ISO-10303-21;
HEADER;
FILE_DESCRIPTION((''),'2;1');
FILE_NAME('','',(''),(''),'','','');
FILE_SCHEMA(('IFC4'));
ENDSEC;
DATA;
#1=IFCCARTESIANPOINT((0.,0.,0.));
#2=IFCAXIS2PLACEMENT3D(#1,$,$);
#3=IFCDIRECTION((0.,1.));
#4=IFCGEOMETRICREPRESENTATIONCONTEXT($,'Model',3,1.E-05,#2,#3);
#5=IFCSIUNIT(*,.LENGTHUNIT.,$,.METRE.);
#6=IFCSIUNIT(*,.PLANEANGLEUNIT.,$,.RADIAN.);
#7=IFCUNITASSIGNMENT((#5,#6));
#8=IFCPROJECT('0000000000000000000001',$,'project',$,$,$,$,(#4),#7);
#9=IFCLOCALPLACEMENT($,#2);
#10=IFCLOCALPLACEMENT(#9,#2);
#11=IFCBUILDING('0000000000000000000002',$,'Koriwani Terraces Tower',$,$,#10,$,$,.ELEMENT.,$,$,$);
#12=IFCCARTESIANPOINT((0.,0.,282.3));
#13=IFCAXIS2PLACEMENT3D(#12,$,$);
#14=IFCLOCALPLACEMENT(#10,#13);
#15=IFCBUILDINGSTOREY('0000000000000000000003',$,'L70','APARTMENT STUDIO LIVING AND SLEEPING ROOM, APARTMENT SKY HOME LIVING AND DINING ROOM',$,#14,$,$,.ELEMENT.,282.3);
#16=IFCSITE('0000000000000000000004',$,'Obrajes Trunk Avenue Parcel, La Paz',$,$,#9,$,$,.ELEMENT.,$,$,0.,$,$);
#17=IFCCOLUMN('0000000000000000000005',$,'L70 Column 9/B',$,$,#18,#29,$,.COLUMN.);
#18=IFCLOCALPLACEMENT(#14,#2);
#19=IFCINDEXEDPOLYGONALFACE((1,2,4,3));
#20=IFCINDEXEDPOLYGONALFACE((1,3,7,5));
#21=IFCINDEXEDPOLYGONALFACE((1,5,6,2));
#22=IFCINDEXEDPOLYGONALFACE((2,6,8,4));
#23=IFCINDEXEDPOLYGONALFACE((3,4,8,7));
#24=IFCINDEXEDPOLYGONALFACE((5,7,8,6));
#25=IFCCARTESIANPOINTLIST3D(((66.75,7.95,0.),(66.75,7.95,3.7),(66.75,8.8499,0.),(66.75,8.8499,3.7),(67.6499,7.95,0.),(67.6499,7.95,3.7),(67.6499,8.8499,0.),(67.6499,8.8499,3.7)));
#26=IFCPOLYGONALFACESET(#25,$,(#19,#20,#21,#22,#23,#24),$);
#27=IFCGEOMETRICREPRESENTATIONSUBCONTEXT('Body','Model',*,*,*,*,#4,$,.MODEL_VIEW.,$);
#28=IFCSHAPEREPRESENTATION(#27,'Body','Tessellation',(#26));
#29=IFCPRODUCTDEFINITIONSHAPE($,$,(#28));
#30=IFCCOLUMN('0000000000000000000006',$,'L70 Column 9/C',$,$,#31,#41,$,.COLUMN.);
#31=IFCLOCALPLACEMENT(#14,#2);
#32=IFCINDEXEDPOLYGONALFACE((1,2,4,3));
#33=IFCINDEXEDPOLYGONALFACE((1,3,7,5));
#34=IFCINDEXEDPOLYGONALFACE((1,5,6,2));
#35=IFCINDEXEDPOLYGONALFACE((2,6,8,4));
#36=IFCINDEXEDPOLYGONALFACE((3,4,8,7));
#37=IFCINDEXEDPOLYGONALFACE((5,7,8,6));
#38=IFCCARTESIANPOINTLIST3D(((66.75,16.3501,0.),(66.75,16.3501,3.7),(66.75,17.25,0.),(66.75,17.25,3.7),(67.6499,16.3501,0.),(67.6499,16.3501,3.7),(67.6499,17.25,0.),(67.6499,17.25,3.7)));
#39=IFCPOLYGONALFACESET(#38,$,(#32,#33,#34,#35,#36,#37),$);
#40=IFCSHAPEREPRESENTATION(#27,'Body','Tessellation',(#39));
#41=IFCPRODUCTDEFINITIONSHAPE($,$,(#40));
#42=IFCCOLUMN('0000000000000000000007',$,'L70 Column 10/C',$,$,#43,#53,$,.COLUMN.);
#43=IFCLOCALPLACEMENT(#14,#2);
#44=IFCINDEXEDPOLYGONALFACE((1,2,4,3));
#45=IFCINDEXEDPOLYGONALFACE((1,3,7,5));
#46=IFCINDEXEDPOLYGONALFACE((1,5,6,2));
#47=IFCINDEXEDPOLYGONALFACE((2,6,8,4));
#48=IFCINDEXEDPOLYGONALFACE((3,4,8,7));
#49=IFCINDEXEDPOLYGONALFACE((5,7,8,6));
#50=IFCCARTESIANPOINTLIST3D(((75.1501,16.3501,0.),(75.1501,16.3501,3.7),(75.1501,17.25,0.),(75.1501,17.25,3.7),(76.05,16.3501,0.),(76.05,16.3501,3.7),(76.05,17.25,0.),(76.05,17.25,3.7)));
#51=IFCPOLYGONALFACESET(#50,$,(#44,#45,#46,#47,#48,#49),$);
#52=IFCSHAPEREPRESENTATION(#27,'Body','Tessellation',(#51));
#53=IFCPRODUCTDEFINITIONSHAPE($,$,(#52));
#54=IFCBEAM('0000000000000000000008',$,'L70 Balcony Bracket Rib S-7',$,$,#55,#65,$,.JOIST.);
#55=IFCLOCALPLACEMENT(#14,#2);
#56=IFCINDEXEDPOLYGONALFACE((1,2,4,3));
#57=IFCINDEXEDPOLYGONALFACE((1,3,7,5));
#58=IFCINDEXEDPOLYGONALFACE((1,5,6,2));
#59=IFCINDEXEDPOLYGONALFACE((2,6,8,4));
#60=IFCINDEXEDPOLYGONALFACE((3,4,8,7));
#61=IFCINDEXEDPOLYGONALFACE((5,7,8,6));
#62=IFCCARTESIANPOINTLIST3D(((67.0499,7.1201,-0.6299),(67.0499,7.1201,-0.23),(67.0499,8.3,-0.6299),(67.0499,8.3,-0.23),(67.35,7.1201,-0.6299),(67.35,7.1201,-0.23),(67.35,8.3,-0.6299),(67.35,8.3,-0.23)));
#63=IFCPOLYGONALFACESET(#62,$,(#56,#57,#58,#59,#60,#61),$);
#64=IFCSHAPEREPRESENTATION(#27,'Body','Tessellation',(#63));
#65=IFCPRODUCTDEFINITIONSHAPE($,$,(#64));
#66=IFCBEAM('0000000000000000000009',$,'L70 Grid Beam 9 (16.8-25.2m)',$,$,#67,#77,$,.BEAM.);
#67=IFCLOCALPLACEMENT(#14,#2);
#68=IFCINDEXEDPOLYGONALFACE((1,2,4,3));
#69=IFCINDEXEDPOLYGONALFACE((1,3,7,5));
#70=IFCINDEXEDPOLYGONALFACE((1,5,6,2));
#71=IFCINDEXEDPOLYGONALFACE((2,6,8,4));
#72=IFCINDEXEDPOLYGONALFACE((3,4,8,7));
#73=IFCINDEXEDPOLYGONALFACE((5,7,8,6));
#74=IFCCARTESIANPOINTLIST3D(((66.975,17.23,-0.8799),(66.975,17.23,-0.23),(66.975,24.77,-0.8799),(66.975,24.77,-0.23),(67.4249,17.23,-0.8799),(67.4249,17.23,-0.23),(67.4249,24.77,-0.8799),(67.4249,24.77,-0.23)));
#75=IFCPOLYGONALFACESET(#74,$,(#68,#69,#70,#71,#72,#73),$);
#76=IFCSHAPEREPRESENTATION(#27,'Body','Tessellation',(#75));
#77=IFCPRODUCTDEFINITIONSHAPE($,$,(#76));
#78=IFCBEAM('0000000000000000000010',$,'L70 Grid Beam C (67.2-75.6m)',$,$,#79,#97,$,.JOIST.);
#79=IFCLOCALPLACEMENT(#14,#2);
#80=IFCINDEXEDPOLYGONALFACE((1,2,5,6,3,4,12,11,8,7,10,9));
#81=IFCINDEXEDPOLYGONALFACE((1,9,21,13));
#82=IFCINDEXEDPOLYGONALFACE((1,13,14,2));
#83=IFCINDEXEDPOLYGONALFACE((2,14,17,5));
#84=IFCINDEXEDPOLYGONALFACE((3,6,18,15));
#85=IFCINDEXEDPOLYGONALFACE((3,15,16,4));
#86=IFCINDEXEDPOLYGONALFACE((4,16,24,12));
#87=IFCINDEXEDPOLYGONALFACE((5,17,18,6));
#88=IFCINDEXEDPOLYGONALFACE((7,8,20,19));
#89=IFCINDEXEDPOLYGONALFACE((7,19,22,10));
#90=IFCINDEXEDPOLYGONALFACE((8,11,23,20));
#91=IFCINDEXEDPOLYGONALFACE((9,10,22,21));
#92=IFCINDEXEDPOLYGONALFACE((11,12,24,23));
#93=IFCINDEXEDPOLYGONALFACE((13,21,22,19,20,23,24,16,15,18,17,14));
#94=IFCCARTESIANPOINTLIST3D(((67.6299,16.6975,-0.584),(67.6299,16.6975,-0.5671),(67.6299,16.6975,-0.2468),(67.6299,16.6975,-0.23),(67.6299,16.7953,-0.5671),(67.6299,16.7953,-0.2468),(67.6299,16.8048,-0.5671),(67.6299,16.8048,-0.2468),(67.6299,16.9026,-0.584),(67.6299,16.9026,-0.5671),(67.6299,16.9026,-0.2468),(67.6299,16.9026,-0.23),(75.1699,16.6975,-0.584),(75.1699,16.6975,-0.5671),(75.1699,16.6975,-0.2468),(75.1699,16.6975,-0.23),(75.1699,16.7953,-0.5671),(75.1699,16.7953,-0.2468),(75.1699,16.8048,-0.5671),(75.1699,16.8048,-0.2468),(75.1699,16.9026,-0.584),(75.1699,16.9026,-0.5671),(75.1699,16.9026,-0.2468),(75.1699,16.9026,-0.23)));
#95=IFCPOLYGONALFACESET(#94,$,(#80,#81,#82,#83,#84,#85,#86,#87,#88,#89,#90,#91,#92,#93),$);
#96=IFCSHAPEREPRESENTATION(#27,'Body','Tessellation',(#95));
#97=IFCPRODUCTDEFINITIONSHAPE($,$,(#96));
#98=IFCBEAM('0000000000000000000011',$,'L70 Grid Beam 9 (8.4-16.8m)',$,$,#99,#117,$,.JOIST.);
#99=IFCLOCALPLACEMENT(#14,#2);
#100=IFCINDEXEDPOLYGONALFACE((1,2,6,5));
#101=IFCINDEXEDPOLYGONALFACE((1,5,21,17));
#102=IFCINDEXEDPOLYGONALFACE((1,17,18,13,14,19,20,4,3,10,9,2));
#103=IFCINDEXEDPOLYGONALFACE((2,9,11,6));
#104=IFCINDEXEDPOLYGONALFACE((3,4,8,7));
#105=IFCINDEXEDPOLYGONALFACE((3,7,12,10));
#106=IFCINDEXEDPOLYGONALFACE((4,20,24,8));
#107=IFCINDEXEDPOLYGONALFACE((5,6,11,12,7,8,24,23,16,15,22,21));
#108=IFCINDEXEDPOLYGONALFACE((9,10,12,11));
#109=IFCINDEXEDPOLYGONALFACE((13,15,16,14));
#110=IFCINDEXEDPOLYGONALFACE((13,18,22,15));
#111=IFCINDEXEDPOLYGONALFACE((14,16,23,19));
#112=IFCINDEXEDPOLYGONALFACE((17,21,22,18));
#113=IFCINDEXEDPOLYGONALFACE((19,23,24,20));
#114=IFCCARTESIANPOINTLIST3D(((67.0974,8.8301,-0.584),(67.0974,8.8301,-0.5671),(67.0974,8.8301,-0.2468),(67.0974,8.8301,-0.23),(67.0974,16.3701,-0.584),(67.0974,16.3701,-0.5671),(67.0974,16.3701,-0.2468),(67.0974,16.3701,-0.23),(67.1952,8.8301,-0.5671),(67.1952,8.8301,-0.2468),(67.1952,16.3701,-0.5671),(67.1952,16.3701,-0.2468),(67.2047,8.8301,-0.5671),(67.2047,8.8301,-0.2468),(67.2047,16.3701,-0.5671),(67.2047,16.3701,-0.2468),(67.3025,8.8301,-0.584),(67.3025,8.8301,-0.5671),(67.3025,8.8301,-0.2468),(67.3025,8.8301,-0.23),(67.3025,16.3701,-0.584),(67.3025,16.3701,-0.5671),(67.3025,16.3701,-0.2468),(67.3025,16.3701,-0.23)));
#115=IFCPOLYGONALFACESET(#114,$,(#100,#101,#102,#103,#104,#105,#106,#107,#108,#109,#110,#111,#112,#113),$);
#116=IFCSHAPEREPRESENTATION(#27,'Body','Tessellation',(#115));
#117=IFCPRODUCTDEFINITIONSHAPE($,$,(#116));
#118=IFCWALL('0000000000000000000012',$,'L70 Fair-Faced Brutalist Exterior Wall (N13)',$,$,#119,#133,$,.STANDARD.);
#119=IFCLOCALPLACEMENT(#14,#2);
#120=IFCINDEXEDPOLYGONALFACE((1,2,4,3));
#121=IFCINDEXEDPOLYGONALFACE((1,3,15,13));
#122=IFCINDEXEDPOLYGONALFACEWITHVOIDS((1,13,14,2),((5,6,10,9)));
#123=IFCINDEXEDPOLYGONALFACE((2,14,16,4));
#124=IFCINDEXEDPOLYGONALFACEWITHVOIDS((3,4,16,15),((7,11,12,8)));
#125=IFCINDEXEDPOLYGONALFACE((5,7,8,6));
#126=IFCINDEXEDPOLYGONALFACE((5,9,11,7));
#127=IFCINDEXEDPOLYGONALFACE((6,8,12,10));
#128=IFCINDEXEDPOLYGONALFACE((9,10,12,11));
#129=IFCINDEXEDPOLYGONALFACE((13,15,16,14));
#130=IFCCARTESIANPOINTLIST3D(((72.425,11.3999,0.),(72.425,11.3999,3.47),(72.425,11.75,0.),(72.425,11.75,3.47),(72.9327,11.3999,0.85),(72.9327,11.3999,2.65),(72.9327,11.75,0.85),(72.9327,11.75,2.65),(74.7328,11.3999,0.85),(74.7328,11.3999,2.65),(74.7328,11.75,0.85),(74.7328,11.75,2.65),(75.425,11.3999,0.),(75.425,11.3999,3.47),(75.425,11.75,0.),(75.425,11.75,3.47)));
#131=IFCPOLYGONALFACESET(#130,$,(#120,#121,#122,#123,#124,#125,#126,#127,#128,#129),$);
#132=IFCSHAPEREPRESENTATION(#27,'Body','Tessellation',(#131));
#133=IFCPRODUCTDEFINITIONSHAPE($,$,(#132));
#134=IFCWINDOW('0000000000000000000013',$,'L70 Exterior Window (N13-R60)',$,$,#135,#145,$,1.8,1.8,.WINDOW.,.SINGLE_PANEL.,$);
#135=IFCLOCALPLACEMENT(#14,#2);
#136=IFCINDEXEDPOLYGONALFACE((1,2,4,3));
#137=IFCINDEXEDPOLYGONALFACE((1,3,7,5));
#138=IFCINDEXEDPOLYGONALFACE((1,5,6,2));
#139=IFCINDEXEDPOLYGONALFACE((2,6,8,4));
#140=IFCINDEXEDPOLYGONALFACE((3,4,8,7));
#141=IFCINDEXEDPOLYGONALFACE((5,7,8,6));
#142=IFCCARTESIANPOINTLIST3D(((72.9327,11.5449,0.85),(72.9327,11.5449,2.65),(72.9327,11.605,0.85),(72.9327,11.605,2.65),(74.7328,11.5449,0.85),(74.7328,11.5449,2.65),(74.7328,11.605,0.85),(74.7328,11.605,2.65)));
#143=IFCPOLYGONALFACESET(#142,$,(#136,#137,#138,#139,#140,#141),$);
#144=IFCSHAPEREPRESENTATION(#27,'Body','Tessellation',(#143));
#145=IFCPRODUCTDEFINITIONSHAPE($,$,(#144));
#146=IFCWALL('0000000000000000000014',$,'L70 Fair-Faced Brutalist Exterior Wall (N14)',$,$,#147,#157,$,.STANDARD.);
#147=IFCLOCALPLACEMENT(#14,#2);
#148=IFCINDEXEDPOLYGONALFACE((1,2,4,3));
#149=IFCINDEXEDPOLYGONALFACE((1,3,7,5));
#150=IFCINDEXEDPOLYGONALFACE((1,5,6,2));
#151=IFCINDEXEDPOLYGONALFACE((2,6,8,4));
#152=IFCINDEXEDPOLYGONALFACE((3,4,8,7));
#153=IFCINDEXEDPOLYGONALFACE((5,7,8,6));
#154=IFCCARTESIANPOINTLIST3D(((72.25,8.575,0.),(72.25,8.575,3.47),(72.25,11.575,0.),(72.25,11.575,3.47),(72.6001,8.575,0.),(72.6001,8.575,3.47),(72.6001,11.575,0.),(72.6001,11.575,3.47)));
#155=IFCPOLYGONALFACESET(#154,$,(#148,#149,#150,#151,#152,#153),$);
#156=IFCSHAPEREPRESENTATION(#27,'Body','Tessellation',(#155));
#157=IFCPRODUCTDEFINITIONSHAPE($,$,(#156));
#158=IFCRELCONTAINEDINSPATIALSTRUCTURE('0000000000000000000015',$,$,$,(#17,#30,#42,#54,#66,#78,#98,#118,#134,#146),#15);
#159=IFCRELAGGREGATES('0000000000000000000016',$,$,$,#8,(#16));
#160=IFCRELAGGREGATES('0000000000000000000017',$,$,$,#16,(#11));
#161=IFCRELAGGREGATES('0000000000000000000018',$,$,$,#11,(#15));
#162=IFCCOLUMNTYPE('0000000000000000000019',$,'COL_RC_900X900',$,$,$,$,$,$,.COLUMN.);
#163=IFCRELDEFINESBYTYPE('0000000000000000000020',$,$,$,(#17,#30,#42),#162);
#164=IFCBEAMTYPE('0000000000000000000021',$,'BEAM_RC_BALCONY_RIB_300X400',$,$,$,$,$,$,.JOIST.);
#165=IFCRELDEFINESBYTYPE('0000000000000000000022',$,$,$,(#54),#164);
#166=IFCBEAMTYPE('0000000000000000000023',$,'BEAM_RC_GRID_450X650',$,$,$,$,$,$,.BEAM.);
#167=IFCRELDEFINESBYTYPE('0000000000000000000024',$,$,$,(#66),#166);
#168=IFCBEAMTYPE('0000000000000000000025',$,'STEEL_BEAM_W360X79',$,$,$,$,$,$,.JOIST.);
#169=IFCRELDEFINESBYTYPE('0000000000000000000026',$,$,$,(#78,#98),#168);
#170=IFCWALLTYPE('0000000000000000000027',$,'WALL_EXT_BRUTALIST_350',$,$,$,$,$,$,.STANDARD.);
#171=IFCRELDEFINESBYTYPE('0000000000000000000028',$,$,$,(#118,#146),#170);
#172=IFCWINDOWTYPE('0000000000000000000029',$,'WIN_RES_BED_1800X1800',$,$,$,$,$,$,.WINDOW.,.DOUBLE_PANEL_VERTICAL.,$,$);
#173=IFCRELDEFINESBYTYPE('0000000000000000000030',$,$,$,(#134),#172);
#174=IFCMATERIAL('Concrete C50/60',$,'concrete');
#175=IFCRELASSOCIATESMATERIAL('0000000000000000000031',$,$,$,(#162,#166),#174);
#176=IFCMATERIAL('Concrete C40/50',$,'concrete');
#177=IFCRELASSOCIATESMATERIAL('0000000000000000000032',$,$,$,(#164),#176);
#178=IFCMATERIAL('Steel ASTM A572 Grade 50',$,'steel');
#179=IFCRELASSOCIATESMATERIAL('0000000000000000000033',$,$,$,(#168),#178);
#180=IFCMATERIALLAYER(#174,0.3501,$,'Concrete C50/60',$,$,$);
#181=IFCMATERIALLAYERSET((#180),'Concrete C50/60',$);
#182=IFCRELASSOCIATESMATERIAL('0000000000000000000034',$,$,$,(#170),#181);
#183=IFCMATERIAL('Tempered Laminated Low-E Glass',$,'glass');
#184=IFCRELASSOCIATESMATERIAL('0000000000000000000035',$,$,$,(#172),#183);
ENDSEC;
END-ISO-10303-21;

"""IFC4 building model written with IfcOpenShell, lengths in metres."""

from ifc_helpers import new_model, si_unit, direction, frame, frame_2d, origin, origin_2d, place, context, subcontext, project, spatial, rectangle, i_section, extrude, material, layer, layer_set, material_profile, profile_set, type_object, element, fill, save


model = new_model("IFC4")

# Units and contexts
model_context = context("Model", 3, precision=1e-05, world=origin(), true_north=direction((0.0, 1.0)))
body_context = subcontext(model_context, "Body", "Model", "MODEL_VIEW")
ifc_project = project(units=[si_unit("LENGTHUNIT", "METRE"), si_unit("PLANEANGLEUNIT", "RADIAN")], contexts=[model_context])

# Site, building, storey
site_placement = place(None, origin())
site = spatial("IfcSite", under=ifc_project, at=site_placement, Name="Obrajes Trunk Avenue Parcel, La Paz", CompositionType="ELEMENT", RefElevation=0.0)
building_placement = place(site_placement, origin())
building = spatial("IfcBuilding", under=site, at=building_placement, Name="Koriwani Terraces Tower", CompositionType="ELEMENT")
storey_placement = place(building_placement, frame((0.0, 0.0, 282.3)))
storey = spatial("IfcBuildingStorey", under=building, at=storey_placement, Name="L70", Description="APARTMENT STUDIO LIVING AND SLEEPING ROOM, APARTMENT SKY HOME LIVING AND DINING ROOM", CompositionType="ELEMENT", Elevation=282.3)

# Columns
ifc_material_1 = material(Name="Concrete C50/60", Category="concrete")
ifc_material_profile_1 = material_profile(ifc_material_1, rectangle(XDim=0.8999, YDim=0.8999, at=origin_2d()), Name="Concrete C50/60", Category="LoadBearing")
ifc_profile_set_1 = profile_set([ifc_material_profile_1], Name="Concrete C50/60")
column_type = type_object("IfcColumnType", Name="COL_RC_900X900", PredefinedType="COLUMN", material=ifc_profile_set_1)
for number, where, z_axis, x_axis, name in (
    (1, (67.2, 8.3999, 0.0), (0.0, 0.0, 1.0), (1.0, 0.0, 0.0), "L70 Column 9/B"),
    (2, (67.2, 16.8, 0.0), (0.0, 0.0, 1.0), (1.0, 0.0, 0.0), "L70 Column 9/C"),
    (3, (75.6001, 16.8, 0.0), (0.0, 0.0, 1.0), (1.0, 0.0, 0.0), "L70 Column 10/C"),
):
    element("IfcColumn", number, at=place(storey_placement, frame(where, z_axis=z_axis, x_axis=x_axis)), inside=storey, type_object=column_type, Name=name, PredefinedType="COLUMN", context=body_context, shape_type="SweptSolid", body=[
        extrude(rectangle(XDim=0.8999, YDim=0.8999, at=origin_2d()), origin(), (0.0, 0.0, 1.0), 3.7),
    ])

# Beams
ifc_material_2 = material(Name="Concrete C40/50", Category="concrete")
ifc_material_profile_2 = material_profile(ifc_material_2, rectangle(XDim=0.3, YDim=0.3999, at=origin_2d()), Name="Concrete C40/50", Category="LoadBearing")
ifc_profile_set_2 = profile_set([ifc_material_profile_2], Name="Concrete C40/50")
beam_type_1 = type_object("IfcBeamType", Name="BEAM_RC_BALCONY_RIB_300X400", PredefinedType="JOIST", material=ifc_profile_set_2)
beam_1_placement = place(storey_placement, frame((67.2, 7.1201, -0.4299), z_axis=(0.0, 1.0, 0.0), x_axis=(-1.0, 0.0, 0.0)))
element("IfcBeam", 4, at=beam_1_placement, inside=storey, type_object=beam_type_1, Name="L70 Balcony Bracket Rib S-7", PredefinedType="JOIST", context=body_context, shape_type="SweptSolid", body=[
    extrude(rectangle(XDim=0.3, YDim=0.3999, at=origin_2d()), origin(), (0.0, 0.0, 1.0), 1.1799),
])
ifc_material_profile_3 = material_profile(ifc_material_1, rectangle(XDim=0.45, YDim=0.6499, at=origin_2d()), Name="Concrete C50/60", Category="LoadBearing")
ifc_profile_set_3 = profile_set([ifc_material_profile_3], Name="Concrete C50/60")
beam_type_2 = type_object("IfcBeamType", Name="BEAM_RC_GRID_450X650", PredefinedType="BEAM", material=ifc_profile_set_3)
beam_2_placement = place(storey_placement, frame((67.2, 17.23, -0.5549), z_axis=(0.0, 1.0, 0.0), x_axis=(-1.0, 0.0, 0.0)))
element("IfcBeam", 5, at=beam_2_placement, inside=storey, type_object=beam_type_2, Name="L70 Grid Beam 9 (16.8-25.2m)", PredefinedType="BEAM", context=body_context, shape_type="SweptSolid", body=[
    extrude(rectangle(XDim=0.45, YDim=0.6499, at=origin_2d()), origin(), (0.0, 0.0, 1.0), 7.54),
])
ifc_material_3 = material(Name="Steel ASTM A572 Grade 50", Category="steel")
ifc_material_profile_4 = material_profile(ifc_material_3, i_section(OverallWidth=0.2051, OverallDepth=0.354, WebThickness=0.0095, FlangeThickness=0.0168, at=origin_2d()), Name="Steel ASTM A572 Grade 50", Category="LoadBearing")
ifc_profile_set_4 = profile_set([ifc_material_profile_4], Name="Steel ASTM A572 Grade 50")
beam_type_3 = type_object("IfcBeamType", Name="STEEL_BEAM_W360X79", PredefinedType="JOIST", material=ifc_profile_set_4)
for number, where, z_axis, x_axis, name in (
    (6, (67.6299, 16.8, -0.407), (1.0, 0.0, 0.0), (0.0, 1.0, 0.0), "L70 Grid Beam C (67.2-75.6m)"),
    (7, (67.2, 8.8301, -0.407), (0.0, 1.0, 0.0), (-1.0, 0.0, 0.0), "L70 Grid Beam 9 (8.4-16.8m)"),
):
    element("IfcBeam", number, at=place(storey_placement, frame(where, z_axis=z_axis, x_axis=x_axis)), inside=storey, type_object=beam_type_3, Name=name, PredefinedType="JOIST", context=body_context, shape_type="SweptSolid", body=[
        extrude(i_section(OverallWidth=0.2051, OverallDepth=0.354, WebThickness=0.0095, FlangeThickness=0.0168, at=origin_2d()), origin(), (0.0, 0.0, 1.0), 7.54),
    ])

# Wall, opening, window
ifc_layer_1 = layer(ifc_material_1, 0.3501, Name="Concrete C50/60")
ifc_layer_set_1 = layer_set([ifc_layer_1], Name="Concrete C50/60")
wall_type_1 = type_object("IfcWallType", Name="WALL_EXT_BRUTALIST_350", PredefinedType="STANDARD", material=ifc_layer_set_1)
wall_1_placement = place(storey_placement, frame((75.425, 11.575, 0.0), z_axis=(0.0, 0.0, 1.0), x_axis=(-1.0, 0.0, 0.0)))
wall_1 = element("IfcWall", 8, at=wall_1_placement, inside=storey, type_object=wall_type_1, Name="L70 Fair-Faced Brutalist Exterior Wall (N13)", PredefinedType="STANDARD", context=body_context, shape_type="SweptSolid", body=[
    extrude(rectangle(XDim=3.0, YDim=0.3501, at=frame_2d((1.5, 0.0))), origin(), (0.0, 0.0, 1.0), 3.47),
])
opening_1_placement = place(wall_1_placement, frame((0.6924, 0.0, 0.8501)))
opening_1 = element("IfcOpeningElement", 9, at=opening_1_placement, cuts=wall_1, PredefinedType="OPENING", context=body_context, shape_type="SweptSolid", body=[
    extrude(rectangle(XDim=1.8, YDim=1.8, at=frame_2d((0.8999, 0.8999))), frame((0.0, 0.1851, 0.0), z_axis=(0.0, -1.0, 0.0), x_axis=(1.0, 0.0, 0.0)), (0.0, 0.0, 1.0), 0.3701),
])
ifc_material_4 = material(Name="Tempered Laminated Low-E Glass", Category="glass")
window_type_1 = type_object("IfcWindowType", Name="WIN_RES_BED_1800X1800", PartitioningType="DOUBLE_PANEL_VERTICAL", PredefinedType="WINDOW", material=ifc_material_4)
window_1_placement = place(opening_1_placement, origin())
window_1 = element("IfcWindow", 10, at=window_1_placement, inside=storey, type_object=window_type_1, Name="L70 Exterior Window (N13-R60)", OverallHeight=1.8, OverallWidth=1.8, PartitioningType="SINGLE_PANEL", PredefinedType="WINDOW", context=body_context, shape_type="SweptSolid", body=[
    extrude(rectangle(XDim=1.8, YDim=1.8, at=frame_2d((0.8999, 0.8999))), frame((0.0, 0.03, 0.0), z_axis=(0.0, -1.0, 0.0), x_axis=(1.0, 0.0, 0.0)), (0.0, 0.0, 1.0), 0.0601),
])
fill(opening_1, window_1)

# Wall
wall_2_placement = place(storey_placement, frame((72.425, 11.575, 0.0), z_axis=(0.0, 0.0, 1.0), x_axis=(0.0, -1.0, 0.0)))
element("IfcWall", 11, at=wall_2_placement, inside=storey, type_object=wall_type_1, Name="L70 Fair-Faced Brutalist Exterior Wall (N14)", PredefinedType="STANDARD", context=body_context, shape_type="SweptSolid", body=[
    extrude(rectangle(XDim=3.0, YDim=0.3501, at=frame_2d((1.5, 0.0))), origin(), (0.0, 0.0, 1.0), 3.47),
])

save(model, "model.ifc")
